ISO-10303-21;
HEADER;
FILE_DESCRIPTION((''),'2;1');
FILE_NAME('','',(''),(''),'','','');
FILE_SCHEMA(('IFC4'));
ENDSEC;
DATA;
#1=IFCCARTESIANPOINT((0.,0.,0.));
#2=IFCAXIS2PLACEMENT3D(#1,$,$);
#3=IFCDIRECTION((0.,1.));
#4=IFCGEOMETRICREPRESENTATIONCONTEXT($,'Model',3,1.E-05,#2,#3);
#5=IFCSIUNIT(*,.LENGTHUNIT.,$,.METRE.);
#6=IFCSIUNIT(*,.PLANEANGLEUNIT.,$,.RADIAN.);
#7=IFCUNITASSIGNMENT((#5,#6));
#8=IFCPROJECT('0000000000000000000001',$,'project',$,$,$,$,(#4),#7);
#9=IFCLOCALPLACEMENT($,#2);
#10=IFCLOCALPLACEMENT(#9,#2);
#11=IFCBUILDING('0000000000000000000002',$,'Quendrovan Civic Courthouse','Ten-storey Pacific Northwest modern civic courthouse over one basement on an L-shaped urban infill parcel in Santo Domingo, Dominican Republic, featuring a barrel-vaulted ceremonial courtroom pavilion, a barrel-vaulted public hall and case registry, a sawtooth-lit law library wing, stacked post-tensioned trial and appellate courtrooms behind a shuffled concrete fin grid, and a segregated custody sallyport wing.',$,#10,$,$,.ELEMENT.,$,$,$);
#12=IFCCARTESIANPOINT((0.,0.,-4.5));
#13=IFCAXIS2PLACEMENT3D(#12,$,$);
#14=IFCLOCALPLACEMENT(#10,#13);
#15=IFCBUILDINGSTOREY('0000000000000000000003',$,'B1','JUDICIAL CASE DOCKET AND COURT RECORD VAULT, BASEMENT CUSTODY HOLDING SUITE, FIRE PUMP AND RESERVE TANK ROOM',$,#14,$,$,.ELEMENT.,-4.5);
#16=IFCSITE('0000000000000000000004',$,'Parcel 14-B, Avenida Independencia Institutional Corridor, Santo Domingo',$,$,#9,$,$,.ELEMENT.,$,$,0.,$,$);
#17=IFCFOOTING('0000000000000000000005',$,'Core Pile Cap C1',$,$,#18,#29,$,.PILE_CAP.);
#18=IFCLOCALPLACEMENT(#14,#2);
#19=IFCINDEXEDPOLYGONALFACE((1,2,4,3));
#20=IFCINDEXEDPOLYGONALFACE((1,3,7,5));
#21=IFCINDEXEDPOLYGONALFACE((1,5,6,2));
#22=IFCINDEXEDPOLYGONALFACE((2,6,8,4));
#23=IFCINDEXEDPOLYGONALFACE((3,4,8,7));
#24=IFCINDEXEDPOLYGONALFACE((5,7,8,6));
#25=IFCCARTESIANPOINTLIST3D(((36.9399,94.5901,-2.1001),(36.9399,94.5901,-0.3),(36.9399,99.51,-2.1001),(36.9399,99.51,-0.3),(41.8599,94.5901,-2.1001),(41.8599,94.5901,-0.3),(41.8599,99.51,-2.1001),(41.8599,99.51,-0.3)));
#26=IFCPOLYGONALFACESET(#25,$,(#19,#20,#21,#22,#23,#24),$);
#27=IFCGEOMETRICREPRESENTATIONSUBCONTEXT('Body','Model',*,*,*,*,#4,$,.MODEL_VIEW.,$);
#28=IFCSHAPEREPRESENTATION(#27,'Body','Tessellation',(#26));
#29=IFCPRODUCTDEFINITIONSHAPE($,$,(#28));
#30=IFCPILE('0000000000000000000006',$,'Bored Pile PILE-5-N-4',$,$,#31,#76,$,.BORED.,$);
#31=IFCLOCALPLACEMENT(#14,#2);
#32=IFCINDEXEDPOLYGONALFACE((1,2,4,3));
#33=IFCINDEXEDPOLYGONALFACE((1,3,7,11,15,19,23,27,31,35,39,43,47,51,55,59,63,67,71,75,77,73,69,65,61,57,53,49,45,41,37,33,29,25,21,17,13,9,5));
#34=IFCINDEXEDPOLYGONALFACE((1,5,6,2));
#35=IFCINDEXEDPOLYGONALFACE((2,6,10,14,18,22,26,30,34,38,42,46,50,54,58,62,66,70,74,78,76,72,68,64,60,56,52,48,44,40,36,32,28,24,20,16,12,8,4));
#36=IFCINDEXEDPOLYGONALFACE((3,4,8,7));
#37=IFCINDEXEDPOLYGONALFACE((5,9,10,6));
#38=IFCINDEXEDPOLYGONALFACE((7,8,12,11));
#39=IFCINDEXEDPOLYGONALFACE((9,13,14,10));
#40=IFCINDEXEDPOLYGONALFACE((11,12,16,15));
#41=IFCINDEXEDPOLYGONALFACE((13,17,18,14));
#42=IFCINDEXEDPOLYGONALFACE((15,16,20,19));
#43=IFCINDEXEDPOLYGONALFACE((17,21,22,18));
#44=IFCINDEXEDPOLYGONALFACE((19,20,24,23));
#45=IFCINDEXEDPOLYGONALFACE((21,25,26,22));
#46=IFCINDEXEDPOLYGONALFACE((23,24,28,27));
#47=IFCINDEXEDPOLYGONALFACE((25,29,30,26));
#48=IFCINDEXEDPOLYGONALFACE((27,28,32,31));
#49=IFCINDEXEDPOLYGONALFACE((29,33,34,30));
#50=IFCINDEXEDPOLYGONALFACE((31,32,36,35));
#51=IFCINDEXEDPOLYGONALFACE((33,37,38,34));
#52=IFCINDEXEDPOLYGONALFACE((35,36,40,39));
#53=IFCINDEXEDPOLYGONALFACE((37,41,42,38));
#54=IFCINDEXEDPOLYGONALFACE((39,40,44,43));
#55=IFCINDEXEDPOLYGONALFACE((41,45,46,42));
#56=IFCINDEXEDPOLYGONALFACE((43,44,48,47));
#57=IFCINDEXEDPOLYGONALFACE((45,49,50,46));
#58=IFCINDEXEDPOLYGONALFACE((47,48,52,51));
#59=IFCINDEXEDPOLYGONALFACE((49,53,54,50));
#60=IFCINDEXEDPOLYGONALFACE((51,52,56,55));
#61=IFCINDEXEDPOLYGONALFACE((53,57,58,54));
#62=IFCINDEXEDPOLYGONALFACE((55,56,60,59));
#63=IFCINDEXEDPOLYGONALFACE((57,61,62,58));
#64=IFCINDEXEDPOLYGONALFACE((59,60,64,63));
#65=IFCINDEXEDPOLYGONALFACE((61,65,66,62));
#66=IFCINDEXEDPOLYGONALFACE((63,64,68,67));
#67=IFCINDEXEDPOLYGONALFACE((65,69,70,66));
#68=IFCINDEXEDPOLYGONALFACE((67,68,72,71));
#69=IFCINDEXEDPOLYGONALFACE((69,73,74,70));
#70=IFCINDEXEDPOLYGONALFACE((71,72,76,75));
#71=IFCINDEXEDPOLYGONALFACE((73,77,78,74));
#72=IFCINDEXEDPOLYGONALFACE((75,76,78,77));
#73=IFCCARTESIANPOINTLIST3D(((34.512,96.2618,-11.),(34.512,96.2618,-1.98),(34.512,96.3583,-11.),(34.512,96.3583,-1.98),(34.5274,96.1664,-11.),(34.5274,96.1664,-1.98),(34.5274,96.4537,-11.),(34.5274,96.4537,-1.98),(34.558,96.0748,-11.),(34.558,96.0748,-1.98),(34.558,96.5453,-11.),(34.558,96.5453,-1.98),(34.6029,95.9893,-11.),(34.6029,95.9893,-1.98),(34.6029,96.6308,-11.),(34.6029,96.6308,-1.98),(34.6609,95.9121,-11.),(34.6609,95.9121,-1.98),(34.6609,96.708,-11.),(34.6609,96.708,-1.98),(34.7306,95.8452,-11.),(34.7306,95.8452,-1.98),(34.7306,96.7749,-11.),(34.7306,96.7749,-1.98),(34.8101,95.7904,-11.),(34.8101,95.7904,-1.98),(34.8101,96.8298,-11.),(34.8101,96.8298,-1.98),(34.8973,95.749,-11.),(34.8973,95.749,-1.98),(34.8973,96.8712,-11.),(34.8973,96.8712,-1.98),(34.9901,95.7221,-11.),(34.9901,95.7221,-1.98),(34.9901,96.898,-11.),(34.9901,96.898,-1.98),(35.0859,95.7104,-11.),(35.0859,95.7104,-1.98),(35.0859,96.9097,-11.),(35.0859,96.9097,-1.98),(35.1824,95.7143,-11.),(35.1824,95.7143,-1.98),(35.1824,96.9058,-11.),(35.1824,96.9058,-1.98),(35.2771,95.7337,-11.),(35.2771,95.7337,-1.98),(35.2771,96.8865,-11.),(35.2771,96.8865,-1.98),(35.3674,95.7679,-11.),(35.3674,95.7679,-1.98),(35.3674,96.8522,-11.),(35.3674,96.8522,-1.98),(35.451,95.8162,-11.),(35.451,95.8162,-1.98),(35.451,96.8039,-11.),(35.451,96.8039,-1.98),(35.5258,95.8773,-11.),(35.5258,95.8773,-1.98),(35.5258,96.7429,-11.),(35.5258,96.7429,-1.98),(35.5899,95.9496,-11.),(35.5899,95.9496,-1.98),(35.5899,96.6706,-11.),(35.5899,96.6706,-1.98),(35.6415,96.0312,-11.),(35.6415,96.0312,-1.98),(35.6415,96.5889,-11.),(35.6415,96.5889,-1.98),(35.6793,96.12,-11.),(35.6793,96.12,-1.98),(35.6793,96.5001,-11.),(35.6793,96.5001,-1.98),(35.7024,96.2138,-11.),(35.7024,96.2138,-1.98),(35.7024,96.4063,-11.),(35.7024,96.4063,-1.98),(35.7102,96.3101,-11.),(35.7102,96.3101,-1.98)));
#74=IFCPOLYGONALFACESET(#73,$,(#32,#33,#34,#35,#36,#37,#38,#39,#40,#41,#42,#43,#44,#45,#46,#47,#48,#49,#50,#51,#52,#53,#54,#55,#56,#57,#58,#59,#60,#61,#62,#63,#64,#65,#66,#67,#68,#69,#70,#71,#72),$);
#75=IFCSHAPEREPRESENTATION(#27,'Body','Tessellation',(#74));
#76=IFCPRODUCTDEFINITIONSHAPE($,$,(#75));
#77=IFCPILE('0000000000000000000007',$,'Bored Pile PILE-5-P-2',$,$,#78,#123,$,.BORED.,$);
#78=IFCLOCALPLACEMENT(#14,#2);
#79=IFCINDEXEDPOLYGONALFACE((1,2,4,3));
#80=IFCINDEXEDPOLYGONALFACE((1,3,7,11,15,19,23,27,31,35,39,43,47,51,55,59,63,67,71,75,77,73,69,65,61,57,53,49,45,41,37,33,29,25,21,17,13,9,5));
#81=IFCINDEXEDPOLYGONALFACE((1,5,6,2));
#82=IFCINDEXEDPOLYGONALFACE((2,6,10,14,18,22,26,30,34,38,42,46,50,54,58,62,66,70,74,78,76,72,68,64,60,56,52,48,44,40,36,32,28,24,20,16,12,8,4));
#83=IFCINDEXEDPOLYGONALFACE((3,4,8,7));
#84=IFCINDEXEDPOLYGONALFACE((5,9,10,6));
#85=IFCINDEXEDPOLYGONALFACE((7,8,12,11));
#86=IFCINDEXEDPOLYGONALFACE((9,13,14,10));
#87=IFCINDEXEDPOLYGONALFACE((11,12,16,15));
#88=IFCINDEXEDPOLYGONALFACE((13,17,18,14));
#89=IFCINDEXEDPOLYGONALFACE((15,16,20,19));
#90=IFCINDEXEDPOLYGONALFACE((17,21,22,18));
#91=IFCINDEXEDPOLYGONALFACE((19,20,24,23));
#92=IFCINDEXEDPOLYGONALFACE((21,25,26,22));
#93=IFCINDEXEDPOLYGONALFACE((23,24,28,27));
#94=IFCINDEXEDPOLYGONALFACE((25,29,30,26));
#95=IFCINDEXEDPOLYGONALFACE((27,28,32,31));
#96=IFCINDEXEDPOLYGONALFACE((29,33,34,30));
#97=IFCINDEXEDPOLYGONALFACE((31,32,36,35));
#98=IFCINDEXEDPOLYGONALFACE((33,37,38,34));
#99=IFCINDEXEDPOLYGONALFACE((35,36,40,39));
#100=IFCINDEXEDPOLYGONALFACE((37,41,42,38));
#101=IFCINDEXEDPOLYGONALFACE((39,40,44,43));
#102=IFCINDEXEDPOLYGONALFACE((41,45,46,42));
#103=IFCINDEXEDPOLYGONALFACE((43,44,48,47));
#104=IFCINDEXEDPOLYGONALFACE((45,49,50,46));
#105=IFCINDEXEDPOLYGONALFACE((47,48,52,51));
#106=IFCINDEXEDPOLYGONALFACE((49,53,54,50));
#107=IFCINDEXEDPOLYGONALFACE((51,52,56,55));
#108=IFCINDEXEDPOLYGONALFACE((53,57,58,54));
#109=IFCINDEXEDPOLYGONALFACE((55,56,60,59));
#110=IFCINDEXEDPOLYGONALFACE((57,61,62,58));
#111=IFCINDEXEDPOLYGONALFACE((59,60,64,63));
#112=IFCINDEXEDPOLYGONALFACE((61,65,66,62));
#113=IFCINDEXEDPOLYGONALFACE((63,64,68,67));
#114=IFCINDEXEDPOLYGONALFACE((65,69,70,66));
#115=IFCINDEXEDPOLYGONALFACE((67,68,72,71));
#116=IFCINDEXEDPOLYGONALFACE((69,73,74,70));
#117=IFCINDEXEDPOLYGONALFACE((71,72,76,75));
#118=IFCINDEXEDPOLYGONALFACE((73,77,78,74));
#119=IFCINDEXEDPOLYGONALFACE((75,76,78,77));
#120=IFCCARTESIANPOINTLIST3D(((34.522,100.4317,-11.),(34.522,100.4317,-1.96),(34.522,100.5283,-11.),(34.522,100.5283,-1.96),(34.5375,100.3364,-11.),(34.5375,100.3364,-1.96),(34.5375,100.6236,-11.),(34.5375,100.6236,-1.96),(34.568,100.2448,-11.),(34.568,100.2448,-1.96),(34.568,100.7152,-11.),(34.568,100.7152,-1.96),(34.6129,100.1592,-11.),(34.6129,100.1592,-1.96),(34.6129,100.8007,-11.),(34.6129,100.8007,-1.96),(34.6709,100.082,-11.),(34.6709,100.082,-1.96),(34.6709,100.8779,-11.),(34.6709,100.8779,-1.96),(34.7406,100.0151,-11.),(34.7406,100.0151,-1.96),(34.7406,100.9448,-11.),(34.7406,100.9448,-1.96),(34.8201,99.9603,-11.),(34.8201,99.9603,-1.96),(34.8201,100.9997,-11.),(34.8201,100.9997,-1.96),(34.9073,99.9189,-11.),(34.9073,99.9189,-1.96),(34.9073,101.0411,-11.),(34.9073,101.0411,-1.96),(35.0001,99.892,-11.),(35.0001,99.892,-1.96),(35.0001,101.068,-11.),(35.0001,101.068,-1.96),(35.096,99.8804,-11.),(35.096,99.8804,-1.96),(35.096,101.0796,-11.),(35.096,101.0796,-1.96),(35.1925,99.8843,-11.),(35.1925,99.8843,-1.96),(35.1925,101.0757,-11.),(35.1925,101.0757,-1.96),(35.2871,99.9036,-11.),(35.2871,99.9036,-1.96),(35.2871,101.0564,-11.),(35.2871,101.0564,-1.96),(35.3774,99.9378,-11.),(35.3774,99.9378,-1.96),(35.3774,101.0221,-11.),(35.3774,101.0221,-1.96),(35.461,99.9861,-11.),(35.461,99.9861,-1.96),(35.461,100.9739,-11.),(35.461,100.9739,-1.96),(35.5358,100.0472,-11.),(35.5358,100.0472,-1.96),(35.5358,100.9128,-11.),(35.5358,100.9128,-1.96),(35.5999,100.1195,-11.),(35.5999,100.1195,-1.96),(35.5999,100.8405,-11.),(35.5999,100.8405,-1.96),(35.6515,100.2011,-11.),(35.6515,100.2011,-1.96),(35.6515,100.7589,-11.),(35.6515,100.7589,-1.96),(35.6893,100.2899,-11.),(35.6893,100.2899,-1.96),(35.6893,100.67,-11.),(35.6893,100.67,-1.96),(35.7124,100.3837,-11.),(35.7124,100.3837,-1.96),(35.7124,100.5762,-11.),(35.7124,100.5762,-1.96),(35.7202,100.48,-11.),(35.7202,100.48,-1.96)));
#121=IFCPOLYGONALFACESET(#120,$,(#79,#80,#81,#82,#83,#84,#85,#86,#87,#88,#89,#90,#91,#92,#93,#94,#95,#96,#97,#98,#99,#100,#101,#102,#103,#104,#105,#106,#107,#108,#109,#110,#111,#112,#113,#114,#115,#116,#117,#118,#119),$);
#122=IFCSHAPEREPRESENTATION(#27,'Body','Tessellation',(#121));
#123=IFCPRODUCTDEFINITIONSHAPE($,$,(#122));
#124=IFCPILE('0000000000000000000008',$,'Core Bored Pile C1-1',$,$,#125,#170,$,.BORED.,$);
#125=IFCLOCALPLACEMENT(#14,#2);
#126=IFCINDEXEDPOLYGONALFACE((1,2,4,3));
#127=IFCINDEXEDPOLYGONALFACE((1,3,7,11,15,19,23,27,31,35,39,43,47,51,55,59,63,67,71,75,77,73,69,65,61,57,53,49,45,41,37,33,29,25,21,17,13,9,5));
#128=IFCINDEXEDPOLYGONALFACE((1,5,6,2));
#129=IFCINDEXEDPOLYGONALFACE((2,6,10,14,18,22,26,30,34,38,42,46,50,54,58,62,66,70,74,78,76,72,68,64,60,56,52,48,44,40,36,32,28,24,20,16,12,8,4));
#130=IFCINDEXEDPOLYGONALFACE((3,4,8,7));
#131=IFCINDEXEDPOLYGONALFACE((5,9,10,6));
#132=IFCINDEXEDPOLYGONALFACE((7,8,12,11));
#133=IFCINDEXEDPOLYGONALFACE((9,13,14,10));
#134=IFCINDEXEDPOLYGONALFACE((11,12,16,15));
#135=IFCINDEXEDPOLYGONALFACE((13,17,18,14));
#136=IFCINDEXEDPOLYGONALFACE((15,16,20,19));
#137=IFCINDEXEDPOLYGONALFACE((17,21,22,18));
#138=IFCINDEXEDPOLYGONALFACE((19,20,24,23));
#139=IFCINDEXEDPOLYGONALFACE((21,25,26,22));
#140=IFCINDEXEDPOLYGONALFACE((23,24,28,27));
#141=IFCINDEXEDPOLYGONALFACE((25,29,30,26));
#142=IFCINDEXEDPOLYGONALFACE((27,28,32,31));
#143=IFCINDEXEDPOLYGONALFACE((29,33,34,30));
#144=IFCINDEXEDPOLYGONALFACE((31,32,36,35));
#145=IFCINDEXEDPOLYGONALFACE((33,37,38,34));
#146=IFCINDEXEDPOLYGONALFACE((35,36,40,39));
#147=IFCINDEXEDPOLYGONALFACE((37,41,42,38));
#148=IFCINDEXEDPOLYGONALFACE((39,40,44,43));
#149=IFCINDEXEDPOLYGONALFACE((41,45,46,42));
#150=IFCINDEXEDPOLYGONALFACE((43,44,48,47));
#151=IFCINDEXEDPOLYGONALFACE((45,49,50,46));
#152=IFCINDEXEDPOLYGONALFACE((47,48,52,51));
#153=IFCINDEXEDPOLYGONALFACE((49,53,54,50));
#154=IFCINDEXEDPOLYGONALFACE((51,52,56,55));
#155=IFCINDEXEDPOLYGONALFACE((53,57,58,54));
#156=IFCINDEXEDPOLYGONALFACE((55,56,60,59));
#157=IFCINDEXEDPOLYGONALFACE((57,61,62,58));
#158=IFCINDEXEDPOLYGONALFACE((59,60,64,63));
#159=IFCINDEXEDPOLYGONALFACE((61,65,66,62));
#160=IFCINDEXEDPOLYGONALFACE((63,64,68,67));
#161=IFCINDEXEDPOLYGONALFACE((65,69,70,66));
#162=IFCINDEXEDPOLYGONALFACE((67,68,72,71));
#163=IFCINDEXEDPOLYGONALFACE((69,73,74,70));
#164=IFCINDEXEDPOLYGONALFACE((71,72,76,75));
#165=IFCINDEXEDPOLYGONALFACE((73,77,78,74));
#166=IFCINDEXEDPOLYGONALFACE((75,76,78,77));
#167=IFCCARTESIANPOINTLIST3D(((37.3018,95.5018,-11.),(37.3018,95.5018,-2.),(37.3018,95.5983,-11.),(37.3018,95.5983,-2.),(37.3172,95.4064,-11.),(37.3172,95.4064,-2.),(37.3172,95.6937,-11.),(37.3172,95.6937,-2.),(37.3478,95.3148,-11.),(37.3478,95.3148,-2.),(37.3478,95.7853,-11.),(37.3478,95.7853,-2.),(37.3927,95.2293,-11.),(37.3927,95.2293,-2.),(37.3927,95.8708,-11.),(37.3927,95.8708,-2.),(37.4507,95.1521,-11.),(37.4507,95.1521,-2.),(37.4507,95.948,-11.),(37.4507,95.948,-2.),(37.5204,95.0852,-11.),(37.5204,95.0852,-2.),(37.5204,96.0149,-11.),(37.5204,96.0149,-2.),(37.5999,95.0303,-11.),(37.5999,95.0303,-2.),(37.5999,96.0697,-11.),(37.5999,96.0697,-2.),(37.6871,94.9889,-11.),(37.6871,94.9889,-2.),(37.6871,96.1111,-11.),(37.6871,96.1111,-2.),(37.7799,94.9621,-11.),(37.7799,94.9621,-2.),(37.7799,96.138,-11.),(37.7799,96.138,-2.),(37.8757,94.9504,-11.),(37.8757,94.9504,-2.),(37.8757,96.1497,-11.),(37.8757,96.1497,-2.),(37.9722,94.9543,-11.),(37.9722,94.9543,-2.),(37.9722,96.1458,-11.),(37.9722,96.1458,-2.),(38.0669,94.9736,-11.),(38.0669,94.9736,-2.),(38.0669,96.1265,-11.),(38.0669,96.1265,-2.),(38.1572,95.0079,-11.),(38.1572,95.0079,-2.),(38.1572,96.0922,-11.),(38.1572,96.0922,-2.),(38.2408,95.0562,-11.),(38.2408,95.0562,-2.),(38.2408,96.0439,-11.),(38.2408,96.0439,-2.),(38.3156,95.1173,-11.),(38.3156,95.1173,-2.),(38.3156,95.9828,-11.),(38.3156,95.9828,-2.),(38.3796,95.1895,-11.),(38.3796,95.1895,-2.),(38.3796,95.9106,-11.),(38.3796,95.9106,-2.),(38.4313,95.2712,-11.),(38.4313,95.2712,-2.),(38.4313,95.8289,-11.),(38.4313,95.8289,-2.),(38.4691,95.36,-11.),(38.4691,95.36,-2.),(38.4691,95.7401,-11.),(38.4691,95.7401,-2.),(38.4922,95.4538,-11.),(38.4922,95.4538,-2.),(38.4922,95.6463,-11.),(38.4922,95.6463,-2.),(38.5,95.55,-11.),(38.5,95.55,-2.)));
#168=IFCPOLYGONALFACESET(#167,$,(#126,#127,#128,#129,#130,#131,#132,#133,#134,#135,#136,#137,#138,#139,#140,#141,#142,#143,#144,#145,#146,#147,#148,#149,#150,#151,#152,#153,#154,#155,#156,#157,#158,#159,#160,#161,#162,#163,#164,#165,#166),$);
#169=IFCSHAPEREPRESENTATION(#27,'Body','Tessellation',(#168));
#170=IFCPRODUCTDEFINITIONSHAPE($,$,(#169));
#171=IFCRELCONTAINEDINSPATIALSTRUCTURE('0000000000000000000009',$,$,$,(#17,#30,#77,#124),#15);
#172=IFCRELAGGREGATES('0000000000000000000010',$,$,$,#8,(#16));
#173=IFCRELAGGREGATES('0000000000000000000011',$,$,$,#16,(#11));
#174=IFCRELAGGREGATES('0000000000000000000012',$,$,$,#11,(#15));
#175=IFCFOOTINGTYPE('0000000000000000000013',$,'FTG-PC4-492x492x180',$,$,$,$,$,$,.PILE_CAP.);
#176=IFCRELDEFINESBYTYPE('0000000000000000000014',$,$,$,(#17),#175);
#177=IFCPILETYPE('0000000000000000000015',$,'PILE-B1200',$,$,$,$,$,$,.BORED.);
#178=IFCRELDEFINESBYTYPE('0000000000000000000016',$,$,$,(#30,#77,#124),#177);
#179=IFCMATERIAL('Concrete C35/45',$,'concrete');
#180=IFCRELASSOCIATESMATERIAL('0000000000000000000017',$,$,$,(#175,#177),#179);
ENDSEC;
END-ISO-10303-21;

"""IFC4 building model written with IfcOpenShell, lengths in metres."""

from ifc_helpers import new_model, si_unit, direction, frame, origin, origin_2d, place, context, subcontext, project, spatial, rectangle, circle, extrude, material, material_profile, profile_set, type_object, element, save


model = new_model("IFC4")

# Units and contexts
model_context = context("Model", 3, precision=1e-05, world=origin(), true_north=direction((0.0, 1.0)))
body_context = subcontext(model_context, "Body", "Model", "MODEL_VIEW")
ifc_project = project(units=[si_unit("LENGTHUNIT", "METRE"), si_unit("PLANEANGLEUNIT", "RADIAN")], contexts=[model_context])

# Site, building, storey
site_placement = place(None, origin())
site = spatial("IfcSite", under=ifc_project, at=site_placement, Name="Parcel 14-B, Avenida Independencia Institutional Corridor, Santo Domingo", CompositionType="ELEMENT", RefElevation=0.0)
building_placement = place(site_placement, origin())
building = spatial("IfcBuilding", under=site, at=building_placement, Name="Quendrovan Civic Courthouse", Description="Ten-storey Pacific Northwest modern civic courthouse over one basement on an L-shaped urban infill parcel in Santo Domingo, Dominican Republic, featuring a barrel-vaulted ceremonial courtroom pavilion, a barrel-vaulted public hall and case registry, a sawtooth-lit law library wing, stacked post-tensioned trial and appellate courtrooms behind a shuffled concrete fin grid, and a segregated custody sallyport wing.", CompositionType="ELEMENT")
storey_placement = place(building_placement, frame((0.0, 0.0, -4.5)))
storey = spatial("IfcBuildingStorey", under=building, at=storey_placement, Name="B1", Description="JUDICIAL CASE DOCKET AND COURT RECORD VAULT, BASEMENT CUSTODY HOLDING SUITE, FIRE PUMP AND RESERVE TANK ROOM", CompositionType="ELEMENT", Elevation=-4.5)

# Footing
ifc_material_1 = material(Name="Concrete C35/45", Category="concrete")
footing_type = type_object("IfcFootingType", Name="FTG-PC4-492x492x180", PredefinedType="PILE_CAP", material=ifc_material_1)
footing_placement = place(storey_placement, frame((39.3999, 97.05, -2.1001), z_axis=(0.0, 0.0, 1.0), x_axis=(1.0, 0.0, 0.0)))
element("IfcFooting", 1, at=footing_placement, inside=storey, type_object=footing_type, Name="Core Pile Cap C1", PredefinedType="PILE_CAP", context=body_context, shape_type="SweptSolid", body=[
    extrude(rectangle(XDim=4.9199, YDim=4.9199, at=origin_2d()), origin(), (0.0, 0.0, 1.0), 1.8),
])

# Piles
ifc_material_profile = material_profile(ifc_material_1, circle(Radius=0.6001, at=origin_2d()), Name="PILE-D1200")
ifc_profile_set = profile_set([ifc_material_profile], Name="Concrete C35/45")
pile_type = type_object("IfcPileType", Name="PILE-B1200", PredefinedType="BORED", material=ifc_profile_set)
pile_1_placement = place(storey_placement, frame((35.1101, 96.3101, -1.98), z_axis=(0.0, 0.0, -1.0), x_axis=(1.0, 0.0, 0.0)))
element("IfcPile", 2, at=pile_1_placement, inside=storey, type_object=pile_type, Name="Bored Pile PILE-5-N-4", PredefinedType="BORED", context=body_context, shape_type="SweptSolid", body=[
    extrude(circle(Radius=0.6001, at=origin_2d()), origin(), (0.0, 0.0, 1.0), 9.02),
])
pile_2_placement = place(storey_placement, frame((35.1201, 100.48, -1.96), z_axis=(0.0, 0.0, -1.0), x_axis=(1.0, 0.0, 0.0)))
element("IfcPile", 3, at=pile_2_placement, inside=storey, type_object=pile_type, Name="Bored Pile PILE-5-P-2", PredefinedType="BORED", context=body_context, shape_type="SweptSolid", body=[
    extrude(circle(Radius=0.6001, at=origin_2d()), origin(), (0.0, 0.0, 1.0), 9.04),
])
for number, where, z_axis, x_axis, name in (
    (4, (37.8999, 95.55, -2.0), (0.0, 0.0, -1.0), (1.0, 0.0, 0.0), "Core Bored Pile C1-1"),
):
    element("IfcPile", number, at=place(storey_placement, frame(where, z_axis=z_axis, x_axis=x_axis)), inside=storey, type_object=pile_type, Name=name, PredefinedType="BORED", context=body_context, shape_type="SweptSolid", body=[
        extrude(circle(Radius=0.6001, at=origin_2d()), origin(), (0.0, 0.0, 1.0), 9.0),
    ])

save(model, "model.ifc")
